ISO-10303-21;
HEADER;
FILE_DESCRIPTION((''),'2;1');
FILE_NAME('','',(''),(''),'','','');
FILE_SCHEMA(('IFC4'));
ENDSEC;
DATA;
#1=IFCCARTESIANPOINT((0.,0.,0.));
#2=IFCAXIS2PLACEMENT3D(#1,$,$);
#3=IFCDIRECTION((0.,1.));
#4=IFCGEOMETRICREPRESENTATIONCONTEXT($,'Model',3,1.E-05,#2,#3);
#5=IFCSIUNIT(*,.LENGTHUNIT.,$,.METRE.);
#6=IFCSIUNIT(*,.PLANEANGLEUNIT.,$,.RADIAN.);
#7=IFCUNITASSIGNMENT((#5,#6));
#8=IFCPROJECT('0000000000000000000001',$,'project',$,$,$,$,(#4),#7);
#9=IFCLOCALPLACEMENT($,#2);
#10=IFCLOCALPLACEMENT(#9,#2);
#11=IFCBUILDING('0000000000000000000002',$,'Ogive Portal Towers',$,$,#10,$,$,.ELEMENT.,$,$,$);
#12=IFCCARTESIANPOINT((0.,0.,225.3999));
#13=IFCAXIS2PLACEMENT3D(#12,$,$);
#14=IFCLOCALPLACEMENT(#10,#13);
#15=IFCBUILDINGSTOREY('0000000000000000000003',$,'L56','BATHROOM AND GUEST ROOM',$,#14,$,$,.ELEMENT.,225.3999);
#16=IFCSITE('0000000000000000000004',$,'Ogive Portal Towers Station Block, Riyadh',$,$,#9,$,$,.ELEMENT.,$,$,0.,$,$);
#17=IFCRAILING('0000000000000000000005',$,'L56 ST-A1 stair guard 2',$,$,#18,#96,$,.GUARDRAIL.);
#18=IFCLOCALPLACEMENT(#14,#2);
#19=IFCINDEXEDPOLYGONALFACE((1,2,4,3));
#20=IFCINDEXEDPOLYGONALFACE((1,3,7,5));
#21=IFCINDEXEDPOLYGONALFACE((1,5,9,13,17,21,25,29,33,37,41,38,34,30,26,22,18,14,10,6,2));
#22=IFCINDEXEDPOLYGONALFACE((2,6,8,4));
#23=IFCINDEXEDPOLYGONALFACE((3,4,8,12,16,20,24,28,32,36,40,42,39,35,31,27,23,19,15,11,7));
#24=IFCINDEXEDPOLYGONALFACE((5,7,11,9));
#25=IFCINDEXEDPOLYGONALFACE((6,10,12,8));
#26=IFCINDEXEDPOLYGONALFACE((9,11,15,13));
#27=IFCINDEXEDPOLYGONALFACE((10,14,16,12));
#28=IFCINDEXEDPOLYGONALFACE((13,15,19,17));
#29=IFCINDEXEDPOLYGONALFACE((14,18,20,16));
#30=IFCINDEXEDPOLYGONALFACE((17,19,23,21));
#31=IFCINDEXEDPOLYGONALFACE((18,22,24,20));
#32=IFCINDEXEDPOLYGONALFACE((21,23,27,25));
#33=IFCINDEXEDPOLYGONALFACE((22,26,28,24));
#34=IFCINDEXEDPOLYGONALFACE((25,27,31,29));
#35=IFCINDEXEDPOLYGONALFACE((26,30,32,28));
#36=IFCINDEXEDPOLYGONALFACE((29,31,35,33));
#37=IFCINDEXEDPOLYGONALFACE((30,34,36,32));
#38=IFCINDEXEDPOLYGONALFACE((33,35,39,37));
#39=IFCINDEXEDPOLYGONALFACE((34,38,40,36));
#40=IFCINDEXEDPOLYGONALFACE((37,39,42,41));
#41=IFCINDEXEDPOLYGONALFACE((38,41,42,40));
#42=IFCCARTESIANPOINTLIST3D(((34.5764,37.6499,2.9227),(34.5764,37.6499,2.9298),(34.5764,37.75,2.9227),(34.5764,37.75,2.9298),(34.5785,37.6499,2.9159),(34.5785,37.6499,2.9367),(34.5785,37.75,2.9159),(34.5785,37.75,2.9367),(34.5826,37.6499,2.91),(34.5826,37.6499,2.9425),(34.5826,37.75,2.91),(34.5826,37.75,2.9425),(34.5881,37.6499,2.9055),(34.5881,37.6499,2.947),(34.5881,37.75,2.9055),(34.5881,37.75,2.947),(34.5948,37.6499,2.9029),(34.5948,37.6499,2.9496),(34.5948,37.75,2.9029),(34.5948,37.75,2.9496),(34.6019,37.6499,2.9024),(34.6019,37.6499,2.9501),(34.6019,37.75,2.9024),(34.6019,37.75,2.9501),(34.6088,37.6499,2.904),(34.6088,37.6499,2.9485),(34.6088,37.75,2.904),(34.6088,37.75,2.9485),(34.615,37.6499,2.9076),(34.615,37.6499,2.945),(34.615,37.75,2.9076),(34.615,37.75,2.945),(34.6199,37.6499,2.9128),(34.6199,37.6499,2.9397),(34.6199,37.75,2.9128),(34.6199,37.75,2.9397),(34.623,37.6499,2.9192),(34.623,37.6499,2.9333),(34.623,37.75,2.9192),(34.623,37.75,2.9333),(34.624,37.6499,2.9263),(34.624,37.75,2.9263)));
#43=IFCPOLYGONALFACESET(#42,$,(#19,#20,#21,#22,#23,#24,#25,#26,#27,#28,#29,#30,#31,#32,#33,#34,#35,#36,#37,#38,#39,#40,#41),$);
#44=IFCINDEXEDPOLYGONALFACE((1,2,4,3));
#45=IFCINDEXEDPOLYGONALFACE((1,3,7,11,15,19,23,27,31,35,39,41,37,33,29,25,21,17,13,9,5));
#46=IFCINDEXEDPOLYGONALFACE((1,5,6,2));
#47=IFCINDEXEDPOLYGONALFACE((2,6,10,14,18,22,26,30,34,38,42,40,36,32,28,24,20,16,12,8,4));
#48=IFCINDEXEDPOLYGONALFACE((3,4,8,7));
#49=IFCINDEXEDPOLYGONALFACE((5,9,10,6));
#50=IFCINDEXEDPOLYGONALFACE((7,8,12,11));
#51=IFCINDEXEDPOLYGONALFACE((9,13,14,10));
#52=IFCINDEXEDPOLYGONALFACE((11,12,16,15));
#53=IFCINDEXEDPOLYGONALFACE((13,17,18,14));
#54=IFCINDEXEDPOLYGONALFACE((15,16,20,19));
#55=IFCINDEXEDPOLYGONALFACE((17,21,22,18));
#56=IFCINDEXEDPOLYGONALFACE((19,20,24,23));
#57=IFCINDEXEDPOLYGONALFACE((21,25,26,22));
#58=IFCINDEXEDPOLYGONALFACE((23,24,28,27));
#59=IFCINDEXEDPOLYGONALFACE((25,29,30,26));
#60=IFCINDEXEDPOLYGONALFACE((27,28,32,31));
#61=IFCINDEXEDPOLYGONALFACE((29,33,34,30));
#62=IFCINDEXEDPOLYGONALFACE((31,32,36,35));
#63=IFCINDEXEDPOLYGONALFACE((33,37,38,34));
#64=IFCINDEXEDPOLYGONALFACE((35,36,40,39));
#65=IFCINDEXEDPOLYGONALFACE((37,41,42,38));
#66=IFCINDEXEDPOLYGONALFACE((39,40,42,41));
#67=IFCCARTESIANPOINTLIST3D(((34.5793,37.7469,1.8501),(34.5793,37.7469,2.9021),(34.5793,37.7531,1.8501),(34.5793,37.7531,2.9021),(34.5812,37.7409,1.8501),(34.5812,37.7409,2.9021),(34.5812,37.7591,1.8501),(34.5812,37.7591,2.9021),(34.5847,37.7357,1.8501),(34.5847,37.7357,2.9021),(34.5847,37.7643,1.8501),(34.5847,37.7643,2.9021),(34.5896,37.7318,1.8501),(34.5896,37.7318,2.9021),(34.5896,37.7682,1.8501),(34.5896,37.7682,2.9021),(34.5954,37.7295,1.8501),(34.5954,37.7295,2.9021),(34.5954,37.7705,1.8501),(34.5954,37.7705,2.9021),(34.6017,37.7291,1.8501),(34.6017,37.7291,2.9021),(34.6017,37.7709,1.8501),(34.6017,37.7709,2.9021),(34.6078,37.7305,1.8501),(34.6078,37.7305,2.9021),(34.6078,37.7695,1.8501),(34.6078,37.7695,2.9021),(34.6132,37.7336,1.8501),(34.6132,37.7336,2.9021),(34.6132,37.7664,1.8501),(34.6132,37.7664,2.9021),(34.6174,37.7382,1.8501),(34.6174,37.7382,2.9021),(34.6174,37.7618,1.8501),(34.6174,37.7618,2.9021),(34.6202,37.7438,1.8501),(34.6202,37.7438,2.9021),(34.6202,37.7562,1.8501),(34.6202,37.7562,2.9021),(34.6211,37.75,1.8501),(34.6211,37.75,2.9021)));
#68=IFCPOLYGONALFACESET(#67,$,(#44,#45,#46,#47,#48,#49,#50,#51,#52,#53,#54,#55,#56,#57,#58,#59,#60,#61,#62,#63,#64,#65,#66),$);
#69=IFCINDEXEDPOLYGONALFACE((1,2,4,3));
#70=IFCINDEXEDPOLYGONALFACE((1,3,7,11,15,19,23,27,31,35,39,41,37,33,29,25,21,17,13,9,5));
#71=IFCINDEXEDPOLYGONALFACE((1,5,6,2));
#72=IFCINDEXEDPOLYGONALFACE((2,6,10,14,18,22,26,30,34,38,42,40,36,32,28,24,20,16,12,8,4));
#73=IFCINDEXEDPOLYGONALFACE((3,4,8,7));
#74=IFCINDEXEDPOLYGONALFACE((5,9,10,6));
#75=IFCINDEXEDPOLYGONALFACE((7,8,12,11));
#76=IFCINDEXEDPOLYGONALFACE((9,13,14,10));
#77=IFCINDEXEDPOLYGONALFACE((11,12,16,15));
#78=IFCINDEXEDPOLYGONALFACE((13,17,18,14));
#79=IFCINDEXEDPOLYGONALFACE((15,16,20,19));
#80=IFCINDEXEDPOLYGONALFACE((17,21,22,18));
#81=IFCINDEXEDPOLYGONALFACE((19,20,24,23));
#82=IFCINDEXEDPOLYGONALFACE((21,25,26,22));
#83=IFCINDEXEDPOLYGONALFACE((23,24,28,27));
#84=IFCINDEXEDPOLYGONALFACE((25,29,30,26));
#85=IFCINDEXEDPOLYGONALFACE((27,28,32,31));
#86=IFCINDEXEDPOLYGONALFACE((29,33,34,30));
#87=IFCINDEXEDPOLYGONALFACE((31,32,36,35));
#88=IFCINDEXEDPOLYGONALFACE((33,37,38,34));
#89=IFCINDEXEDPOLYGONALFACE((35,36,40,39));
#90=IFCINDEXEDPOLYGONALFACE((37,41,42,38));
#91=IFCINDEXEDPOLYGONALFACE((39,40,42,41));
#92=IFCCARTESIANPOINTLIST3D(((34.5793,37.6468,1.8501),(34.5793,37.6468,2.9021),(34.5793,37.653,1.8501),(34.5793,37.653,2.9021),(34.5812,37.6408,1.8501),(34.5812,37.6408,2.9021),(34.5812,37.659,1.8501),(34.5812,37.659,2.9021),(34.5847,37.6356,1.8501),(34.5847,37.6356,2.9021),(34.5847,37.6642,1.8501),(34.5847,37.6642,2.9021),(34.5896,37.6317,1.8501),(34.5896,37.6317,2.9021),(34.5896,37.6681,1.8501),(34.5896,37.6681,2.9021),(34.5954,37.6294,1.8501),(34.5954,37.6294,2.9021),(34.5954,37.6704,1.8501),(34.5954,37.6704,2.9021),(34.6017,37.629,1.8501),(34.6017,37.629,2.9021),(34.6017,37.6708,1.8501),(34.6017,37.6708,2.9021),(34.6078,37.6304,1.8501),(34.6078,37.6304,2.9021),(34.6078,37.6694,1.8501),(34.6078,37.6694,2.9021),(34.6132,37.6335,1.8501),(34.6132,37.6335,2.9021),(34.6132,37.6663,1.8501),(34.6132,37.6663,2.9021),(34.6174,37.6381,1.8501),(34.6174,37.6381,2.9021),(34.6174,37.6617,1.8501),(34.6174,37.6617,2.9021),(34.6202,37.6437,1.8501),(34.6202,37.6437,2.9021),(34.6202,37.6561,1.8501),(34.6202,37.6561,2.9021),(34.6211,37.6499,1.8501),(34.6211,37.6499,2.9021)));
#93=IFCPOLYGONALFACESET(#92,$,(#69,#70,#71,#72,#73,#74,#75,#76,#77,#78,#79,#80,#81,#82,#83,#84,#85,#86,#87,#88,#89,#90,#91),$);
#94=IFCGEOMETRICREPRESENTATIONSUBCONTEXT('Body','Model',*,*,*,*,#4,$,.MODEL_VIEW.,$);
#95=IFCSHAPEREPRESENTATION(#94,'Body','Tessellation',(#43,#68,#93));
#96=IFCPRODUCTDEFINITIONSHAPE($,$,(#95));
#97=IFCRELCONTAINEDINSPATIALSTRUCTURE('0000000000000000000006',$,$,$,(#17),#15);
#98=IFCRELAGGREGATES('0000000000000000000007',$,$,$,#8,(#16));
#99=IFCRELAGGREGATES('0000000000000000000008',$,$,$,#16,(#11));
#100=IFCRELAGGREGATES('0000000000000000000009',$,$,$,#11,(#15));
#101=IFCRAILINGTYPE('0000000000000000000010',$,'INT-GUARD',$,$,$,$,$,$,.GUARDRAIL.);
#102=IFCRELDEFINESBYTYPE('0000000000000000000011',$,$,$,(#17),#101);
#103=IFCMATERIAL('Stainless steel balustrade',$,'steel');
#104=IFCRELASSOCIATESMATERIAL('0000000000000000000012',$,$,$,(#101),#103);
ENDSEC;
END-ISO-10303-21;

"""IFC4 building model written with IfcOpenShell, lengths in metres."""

from ifc_helpers import new_model, si_unit, direction, frame, origin, origin_2d, place, context, subcontext, project, spatial, circle, extrude, material, type_object, element, save


model = new_model("IFC4")

# Units and contexts
model_context = context("Model", 3, precision=1e-05, world=origin(), true_north=direction((0.0, 1.0)))
body_context = subcontext(model_context, "Body", "Model", "MODEL_VIEW")
ifc_project = project(units=[si_unit("LENGTHUNIT", "METRE"), si_unit("PLANEANGLEUNIT", "RADIAN")], contexts=[model_context])

# Site, building, storey
site_placement = place(None, origin())
site = spatial("IfcSite", under=ifc_project, at=site_placement, Name="Ogive Portal Towers Station Block, Riyadh", CompositionType="ELEMENT", RefElevation=0.0)
building_placement = place(site_placement, origin())
building = spatial("IfcBuilding", under=site, at=building_placement, Name="Ogive Portal Towers", CompositionType="ELEMENT")
storey_placement = place(building_placement, frame((0.0, 0.0, 225.3999)))
storey = spatial("IfcBuildingStorey", under=building, at=storey_placement, Name="L56", Description="BATHROOM AND GUEST ROOM", CompositionType="ELEMENT", Elevation=225.3999)

# Railing
ifc_material_1 = material(Name="Stainless steel balustrade", Category="steel")
railing_type_1 = type_object("IfcRailingType", Name="INT-GUARD", PredefinedType="GUARDRAIL", material=ifc_material_1)
railing_1_placement = place(storey_placement, frame((34.6001, 37.75, 1.8501)))
element("IfcRailing", 1, at=railing_1_placement, inside=storey, type_object=railing_type_1, Name="L56 ST-A1 stair guard 2", PredefinedType="GUARDRAIL", context=body_context, shape_type="SweptSolid", body=[
    extrude(circle(Radius=0.0239, at=origin_2d()), frame((0.0, 0.0, 1.0762), z_axis=(0.0, -1.0, 0.0), x_axis=(1.0, 0.0, 0.0)), (0.0, 0.0, 1.0), 0.1001),
    extrude(circle(Radius=0.021, at=origin_2d()), origin(), (0.0, 0.0, 1.0), 1.052),
    extrude(circle(Radius=0.021, at=origin_2d()), frame((0.0, -0.1001, 0.0)), (0.0, 0.0, 1.0), 1.052),
])

save(model, "model.ifc")
